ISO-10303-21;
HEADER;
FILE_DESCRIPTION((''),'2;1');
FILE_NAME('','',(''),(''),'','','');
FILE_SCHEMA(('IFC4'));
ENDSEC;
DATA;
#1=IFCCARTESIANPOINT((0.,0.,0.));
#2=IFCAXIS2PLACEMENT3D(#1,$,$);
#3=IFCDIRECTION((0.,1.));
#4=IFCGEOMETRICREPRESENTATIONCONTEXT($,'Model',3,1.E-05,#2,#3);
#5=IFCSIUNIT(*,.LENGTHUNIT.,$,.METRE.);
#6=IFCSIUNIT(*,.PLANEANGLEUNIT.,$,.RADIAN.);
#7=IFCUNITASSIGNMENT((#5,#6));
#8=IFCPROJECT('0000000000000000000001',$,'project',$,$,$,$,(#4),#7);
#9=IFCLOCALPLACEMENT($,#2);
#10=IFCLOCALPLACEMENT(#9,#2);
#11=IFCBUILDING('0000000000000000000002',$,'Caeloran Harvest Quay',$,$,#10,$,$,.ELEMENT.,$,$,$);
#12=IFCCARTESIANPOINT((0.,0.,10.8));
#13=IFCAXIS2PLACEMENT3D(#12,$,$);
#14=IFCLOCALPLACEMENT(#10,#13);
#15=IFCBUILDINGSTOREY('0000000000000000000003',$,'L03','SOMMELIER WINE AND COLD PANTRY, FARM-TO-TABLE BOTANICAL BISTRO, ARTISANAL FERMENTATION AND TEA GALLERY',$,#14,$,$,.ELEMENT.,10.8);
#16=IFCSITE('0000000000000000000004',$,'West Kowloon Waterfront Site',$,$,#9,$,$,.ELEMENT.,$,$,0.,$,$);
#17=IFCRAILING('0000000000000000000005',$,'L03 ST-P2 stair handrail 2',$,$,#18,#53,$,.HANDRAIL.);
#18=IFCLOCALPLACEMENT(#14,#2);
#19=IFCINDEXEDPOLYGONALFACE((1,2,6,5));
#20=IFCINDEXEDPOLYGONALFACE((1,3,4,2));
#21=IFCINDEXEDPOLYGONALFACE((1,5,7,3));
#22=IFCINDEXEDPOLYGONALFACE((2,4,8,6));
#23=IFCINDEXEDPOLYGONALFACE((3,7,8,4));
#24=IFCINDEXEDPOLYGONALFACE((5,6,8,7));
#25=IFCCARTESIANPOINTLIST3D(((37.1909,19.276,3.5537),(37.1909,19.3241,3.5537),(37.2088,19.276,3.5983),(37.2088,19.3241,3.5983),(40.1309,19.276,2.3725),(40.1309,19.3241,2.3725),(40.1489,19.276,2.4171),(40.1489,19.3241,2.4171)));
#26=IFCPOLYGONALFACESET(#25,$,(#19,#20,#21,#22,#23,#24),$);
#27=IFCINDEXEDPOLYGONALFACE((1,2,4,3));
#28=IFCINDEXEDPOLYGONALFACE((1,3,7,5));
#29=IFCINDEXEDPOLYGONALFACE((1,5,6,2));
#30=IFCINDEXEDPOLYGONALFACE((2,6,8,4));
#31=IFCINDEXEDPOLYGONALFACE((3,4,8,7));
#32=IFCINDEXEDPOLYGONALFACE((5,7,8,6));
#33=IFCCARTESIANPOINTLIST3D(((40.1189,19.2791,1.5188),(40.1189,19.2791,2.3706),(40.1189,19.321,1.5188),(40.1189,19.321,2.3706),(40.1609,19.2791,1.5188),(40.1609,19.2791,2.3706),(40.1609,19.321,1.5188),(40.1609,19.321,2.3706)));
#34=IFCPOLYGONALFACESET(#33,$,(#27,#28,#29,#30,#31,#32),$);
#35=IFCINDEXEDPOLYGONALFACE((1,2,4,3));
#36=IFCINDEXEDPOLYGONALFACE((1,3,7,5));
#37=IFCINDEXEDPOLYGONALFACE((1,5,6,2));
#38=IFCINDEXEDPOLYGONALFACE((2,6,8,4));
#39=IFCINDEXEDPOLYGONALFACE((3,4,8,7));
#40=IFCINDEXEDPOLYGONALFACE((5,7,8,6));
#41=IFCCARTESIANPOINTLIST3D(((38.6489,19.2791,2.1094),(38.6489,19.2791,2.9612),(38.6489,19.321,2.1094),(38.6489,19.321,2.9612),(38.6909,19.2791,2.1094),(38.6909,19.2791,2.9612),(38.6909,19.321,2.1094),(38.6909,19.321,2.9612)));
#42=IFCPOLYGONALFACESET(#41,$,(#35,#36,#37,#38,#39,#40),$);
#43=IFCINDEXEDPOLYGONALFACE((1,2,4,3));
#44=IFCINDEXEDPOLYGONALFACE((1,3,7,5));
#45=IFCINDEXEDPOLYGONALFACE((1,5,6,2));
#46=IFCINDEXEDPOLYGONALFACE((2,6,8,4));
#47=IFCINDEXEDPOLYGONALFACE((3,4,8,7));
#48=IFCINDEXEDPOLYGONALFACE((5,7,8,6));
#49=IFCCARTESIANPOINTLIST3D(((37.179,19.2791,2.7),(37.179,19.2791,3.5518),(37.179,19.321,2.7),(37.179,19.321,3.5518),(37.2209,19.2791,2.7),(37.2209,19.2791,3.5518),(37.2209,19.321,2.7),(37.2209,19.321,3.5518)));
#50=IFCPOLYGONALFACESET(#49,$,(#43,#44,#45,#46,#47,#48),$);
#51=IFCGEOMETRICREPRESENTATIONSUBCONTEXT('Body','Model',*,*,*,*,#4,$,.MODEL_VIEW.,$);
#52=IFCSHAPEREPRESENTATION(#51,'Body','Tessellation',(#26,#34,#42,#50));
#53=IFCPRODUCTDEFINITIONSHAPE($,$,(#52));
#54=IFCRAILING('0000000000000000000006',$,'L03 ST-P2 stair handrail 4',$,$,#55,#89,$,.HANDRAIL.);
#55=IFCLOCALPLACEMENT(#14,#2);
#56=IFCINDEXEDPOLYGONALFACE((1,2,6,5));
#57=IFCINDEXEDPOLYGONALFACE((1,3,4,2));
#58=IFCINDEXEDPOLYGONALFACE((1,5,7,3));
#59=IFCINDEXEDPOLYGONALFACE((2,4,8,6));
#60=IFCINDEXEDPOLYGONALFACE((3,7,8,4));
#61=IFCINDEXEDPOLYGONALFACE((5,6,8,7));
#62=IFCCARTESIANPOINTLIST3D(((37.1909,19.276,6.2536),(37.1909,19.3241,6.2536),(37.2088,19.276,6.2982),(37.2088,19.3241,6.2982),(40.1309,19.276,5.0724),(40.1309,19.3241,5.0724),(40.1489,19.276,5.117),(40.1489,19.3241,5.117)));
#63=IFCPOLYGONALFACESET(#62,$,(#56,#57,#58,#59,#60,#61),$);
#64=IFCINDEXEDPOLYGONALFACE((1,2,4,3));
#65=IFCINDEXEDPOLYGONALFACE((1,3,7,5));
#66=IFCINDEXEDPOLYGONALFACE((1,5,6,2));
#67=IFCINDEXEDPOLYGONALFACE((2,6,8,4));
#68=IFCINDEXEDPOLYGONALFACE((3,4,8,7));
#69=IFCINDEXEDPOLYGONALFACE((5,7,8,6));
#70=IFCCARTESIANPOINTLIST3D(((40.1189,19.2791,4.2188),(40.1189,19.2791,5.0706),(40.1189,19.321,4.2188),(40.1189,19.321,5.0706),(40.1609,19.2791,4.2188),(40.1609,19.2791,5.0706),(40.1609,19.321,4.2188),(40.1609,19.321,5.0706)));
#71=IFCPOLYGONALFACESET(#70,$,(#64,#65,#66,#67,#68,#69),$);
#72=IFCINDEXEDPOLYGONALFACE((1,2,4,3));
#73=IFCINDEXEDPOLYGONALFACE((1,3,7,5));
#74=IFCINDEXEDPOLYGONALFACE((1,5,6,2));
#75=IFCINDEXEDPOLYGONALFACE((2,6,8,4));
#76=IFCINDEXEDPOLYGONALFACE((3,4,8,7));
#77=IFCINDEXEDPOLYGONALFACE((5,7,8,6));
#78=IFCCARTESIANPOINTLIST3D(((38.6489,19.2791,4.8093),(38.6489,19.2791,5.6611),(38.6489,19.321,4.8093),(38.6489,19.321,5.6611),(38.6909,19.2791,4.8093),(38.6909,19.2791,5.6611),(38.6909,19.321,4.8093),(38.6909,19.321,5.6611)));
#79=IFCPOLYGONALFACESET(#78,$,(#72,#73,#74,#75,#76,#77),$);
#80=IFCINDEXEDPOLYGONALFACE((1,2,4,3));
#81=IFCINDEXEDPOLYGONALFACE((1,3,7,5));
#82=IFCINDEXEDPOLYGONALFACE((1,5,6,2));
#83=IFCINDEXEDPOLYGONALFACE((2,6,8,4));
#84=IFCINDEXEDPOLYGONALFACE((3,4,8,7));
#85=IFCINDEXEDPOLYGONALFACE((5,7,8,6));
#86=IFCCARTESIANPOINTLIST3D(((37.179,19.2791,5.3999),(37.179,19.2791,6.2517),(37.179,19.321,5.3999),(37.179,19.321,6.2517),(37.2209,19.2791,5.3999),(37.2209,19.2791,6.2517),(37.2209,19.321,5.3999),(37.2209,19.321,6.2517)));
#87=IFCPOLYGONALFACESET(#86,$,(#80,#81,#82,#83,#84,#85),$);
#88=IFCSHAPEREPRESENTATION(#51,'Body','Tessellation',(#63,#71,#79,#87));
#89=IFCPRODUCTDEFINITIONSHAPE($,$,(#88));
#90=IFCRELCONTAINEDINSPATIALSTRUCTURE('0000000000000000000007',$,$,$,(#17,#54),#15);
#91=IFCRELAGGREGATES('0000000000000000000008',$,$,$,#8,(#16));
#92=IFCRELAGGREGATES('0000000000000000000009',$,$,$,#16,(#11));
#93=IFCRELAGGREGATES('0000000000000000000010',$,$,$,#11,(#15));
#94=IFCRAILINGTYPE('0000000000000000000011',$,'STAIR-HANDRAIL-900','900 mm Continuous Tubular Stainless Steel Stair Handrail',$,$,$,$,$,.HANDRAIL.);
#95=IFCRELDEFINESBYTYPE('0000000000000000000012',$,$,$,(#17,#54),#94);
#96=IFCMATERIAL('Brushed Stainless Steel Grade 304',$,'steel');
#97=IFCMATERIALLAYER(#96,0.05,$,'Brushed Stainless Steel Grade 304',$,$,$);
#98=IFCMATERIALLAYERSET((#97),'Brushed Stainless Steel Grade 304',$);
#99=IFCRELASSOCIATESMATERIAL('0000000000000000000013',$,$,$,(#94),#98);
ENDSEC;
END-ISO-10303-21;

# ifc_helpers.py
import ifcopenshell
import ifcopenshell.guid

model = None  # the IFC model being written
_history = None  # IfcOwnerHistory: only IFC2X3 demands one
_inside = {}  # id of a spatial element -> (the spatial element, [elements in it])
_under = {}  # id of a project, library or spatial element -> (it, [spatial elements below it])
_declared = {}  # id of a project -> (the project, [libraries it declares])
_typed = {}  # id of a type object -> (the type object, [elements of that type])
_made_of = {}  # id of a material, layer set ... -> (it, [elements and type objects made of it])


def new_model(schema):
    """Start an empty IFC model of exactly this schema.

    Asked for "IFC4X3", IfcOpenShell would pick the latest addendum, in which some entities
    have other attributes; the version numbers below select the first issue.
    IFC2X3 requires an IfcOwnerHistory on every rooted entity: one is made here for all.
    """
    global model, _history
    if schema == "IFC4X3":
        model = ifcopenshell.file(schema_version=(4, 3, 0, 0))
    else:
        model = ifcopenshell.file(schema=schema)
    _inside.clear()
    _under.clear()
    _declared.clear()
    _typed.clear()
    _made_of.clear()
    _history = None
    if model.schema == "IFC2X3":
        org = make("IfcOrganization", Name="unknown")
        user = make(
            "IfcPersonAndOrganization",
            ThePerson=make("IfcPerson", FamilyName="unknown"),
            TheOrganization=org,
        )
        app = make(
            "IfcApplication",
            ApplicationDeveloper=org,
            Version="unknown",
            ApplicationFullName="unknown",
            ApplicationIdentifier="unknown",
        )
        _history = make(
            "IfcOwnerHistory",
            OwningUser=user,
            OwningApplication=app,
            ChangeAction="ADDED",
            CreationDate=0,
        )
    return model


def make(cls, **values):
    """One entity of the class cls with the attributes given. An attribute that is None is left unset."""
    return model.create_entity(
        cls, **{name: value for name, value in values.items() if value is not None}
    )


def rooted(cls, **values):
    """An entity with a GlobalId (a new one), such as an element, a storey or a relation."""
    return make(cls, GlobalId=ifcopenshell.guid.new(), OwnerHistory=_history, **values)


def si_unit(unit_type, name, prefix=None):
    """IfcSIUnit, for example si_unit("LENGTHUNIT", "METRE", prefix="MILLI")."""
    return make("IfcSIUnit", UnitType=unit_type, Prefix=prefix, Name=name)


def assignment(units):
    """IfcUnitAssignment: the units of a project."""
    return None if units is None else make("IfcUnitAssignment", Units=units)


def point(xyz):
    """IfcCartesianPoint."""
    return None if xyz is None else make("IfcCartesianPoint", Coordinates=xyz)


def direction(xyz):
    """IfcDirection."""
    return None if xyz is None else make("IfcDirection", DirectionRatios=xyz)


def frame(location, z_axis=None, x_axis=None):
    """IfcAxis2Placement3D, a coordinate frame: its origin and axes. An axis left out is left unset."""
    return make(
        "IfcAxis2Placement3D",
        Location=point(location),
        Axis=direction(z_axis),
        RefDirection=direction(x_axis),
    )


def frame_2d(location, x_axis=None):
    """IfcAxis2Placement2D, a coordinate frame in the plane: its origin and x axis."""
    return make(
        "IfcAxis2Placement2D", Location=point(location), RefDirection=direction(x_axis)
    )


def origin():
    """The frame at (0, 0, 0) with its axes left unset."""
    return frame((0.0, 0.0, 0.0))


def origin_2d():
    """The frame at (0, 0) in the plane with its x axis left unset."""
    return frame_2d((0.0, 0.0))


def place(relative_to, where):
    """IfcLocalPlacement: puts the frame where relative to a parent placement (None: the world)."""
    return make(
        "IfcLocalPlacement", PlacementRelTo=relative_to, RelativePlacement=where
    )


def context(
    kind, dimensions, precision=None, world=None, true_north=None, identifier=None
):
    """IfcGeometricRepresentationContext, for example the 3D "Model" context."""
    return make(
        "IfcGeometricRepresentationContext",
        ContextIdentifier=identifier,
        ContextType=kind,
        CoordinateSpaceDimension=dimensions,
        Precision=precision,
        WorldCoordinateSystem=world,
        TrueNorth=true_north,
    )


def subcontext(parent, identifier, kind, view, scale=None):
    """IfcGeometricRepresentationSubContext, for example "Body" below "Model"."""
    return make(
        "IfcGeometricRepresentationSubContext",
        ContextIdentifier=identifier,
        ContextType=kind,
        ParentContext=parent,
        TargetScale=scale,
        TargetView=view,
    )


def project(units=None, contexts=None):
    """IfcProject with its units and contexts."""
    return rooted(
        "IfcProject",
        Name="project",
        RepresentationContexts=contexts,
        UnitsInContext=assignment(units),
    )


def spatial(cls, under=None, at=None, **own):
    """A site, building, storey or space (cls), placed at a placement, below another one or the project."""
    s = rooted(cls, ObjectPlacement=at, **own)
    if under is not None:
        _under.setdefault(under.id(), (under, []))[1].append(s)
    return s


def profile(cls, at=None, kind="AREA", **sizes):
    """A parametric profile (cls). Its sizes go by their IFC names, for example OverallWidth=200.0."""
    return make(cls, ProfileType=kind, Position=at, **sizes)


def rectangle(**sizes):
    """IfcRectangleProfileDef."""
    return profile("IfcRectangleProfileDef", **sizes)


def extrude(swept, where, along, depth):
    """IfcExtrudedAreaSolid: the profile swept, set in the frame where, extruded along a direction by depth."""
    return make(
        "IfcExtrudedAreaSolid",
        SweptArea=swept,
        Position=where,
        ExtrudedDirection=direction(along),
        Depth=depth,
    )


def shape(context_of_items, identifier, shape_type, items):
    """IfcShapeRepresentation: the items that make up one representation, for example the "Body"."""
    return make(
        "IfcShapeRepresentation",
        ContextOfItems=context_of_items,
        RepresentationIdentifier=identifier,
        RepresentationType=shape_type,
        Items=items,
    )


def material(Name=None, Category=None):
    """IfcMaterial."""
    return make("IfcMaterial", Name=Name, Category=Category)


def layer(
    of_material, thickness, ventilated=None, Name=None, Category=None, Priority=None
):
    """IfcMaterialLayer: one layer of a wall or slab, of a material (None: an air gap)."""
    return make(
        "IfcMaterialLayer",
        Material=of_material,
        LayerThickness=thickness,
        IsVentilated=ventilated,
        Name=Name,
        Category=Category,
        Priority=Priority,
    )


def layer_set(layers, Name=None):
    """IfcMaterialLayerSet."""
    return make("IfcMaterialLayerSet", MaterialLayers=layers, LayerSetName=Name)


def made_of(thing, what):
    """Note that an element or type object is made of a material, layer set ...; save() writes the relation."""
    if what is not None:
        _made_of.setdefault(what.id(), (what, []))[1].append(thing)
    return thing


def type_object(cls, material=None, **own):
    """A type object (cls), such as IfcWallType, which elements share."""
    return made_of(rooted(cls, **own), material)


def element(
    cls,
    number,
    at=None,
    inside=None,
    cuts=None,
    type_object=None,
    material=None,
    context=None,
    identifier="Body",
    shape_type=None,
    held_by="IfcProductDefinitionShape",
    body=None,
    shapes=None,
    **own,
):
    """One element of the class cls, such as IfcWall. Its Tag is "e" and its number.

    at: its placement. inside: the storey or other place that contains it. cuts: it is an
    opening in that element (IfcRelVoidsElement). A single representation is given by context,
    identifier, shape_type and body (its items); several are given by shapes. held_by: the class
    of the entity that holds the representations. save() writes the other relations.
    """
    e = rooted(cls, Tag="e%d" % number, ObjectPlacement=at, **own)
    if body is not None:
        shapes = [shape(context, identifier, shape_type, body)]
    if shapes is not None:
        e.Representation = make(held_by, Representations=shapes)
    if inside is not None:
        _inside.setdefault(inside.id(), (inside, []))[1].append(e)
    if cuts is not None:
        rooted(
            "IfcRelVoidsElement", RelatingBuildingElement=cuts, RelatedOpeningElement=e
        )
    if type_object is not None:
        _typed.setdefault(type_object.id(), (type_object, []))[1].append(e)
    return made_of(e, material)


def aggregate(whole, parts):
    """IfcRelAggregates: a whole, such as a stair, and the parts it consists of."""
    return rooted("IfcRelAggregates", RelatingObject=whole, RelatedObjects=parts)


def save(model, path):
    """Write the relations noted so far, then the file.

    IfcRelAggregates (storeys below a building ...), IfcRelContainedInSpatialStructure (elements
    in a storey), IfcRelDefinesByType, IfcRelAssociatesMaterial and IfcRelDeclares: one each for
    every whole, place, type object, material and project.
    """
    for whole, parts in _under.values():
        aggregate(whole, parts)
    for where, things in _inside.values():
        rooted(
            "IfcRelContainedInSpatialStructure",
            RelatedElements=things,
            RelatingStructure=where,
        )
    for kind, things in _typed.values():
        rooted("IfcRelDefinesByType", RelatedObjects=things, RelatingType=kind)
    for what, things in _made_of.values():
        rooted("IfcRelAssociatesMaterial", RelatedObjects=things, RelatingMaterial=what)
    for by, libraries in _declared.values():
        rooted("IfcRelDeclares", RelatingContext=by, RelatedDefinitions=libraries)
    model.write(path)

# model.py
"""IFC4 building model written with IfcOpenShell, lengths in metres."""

from ifc_helpers import new_model, si_unit, direction, frame, origin, origin_2d, place, context, subcontext, project, spatial, rectangle, extrude, material, layer, layer_set, type_object, element, save


model = new_model("IFC4")

# Units and contexts
model_context = context("Model", 3, precision=1e-05, world=origin(), true_north=direction((0.0, 1.0)))
body_context = subcontext(model_context, "Body", "Model", "MODEL_VIEW")
ifc_project = project(units=[si_unit("LENGTHUNIT", "METRE"), si_unit("PLANEANGLEUNIT", "RADIAN")], contexts=[model_context])

# Site, building, storey
site_placement = place(None, origin())
site = spatial("IfcSite", under=ifc_project, at=site_placement, Name="West Kowloon Waterfront Site", CompositionType="ELEMENT", RefElevation=0.0)
building_placement = place(site_placement, origin())
building = spatial("IfcBuilding", under=site, at=building_placement, Name="Caeloran Harvest Quay", CompositionType="ELEMENT")
storey_placement = place(building_placement, frame((0.0, 0.0, 10.8)))
storey = spatial("IfcBuildingStorey", under=building, at=storey_placement, Name="L03", Description="SOMMELIER WINE AND COLD PANTRY, FARM-TO-TABLE BOTANICAL BISTRO, ARTISANAL FERMENTATION AND TEA GALLERY", CompositionType="ELEMENT", Elevation=10.8)

# Railings
ifc_material_1 = material(Name="Brushed Stainless Steel Grade 304", Category="steel")
ifc_layer_1 = layer(ifc_material_1, 0.05, Name="Brushed Stainless Steel Grade 304")
ifc_layer_set_1 = layer_set([ifc_layer_1], Name="Brushed Stainless Steel Grade 304")
railing_type_1 = type_object("IfcRailingType", Name="STAIR-HANDRAIL-900", Description="900 mm Continuous Tubular Stainless Steel Stair Handrail", PredefinedType="HANDRAIL", material=ifc_layer_set_1)
for number, where, name in (
    (1, (40.1399, 19.3, 1.5188), "L03 ST-P2 stair handrail 2"),
    (2, (40.1399, 19.3, 4.2188), "L03 ST-P2 stair handrail 4"),
):
    element("IfcRailing", number, at=place(storey_placement, frame(where)), inside=storey, type_object=railing_type_1, Name=name, PredefinedType="HANDRAIL", context=body_context, shape_type="SweptSolid", body=[
        extrude(rectangle(XDim=0.0481, YDim=0.0481, at=origin_2d()), frame((0.0, 0.0, 0.876), z_axis=(-0.927912, 0.0, 0.372799), x_axis=(0.0, -1.0, 0.0)), (0.0, 0.0, 1.0), 3.1685),
        extrude(rectangle(XDim=0.042, YDim=0.042, at=origin_2d()), origin(), (0.0, 0.0, 1.0), 0.8518),
        extrude(rectangle(XDim=0.042, YDim=0.042, at=origin_2d()), frame((-1.47, 0.0, 0.5906)), (0.0, 0.0, 1.0), 0.8518),
        extrude(rectangle(XDim=0.042, YDim=0.042, at=origin_2d()), frame((-2.9399, 0.0, 1.1812)), (0.0, 0.0, 1.0), 0.8518),
    ])

save(model, "model.ifc")
